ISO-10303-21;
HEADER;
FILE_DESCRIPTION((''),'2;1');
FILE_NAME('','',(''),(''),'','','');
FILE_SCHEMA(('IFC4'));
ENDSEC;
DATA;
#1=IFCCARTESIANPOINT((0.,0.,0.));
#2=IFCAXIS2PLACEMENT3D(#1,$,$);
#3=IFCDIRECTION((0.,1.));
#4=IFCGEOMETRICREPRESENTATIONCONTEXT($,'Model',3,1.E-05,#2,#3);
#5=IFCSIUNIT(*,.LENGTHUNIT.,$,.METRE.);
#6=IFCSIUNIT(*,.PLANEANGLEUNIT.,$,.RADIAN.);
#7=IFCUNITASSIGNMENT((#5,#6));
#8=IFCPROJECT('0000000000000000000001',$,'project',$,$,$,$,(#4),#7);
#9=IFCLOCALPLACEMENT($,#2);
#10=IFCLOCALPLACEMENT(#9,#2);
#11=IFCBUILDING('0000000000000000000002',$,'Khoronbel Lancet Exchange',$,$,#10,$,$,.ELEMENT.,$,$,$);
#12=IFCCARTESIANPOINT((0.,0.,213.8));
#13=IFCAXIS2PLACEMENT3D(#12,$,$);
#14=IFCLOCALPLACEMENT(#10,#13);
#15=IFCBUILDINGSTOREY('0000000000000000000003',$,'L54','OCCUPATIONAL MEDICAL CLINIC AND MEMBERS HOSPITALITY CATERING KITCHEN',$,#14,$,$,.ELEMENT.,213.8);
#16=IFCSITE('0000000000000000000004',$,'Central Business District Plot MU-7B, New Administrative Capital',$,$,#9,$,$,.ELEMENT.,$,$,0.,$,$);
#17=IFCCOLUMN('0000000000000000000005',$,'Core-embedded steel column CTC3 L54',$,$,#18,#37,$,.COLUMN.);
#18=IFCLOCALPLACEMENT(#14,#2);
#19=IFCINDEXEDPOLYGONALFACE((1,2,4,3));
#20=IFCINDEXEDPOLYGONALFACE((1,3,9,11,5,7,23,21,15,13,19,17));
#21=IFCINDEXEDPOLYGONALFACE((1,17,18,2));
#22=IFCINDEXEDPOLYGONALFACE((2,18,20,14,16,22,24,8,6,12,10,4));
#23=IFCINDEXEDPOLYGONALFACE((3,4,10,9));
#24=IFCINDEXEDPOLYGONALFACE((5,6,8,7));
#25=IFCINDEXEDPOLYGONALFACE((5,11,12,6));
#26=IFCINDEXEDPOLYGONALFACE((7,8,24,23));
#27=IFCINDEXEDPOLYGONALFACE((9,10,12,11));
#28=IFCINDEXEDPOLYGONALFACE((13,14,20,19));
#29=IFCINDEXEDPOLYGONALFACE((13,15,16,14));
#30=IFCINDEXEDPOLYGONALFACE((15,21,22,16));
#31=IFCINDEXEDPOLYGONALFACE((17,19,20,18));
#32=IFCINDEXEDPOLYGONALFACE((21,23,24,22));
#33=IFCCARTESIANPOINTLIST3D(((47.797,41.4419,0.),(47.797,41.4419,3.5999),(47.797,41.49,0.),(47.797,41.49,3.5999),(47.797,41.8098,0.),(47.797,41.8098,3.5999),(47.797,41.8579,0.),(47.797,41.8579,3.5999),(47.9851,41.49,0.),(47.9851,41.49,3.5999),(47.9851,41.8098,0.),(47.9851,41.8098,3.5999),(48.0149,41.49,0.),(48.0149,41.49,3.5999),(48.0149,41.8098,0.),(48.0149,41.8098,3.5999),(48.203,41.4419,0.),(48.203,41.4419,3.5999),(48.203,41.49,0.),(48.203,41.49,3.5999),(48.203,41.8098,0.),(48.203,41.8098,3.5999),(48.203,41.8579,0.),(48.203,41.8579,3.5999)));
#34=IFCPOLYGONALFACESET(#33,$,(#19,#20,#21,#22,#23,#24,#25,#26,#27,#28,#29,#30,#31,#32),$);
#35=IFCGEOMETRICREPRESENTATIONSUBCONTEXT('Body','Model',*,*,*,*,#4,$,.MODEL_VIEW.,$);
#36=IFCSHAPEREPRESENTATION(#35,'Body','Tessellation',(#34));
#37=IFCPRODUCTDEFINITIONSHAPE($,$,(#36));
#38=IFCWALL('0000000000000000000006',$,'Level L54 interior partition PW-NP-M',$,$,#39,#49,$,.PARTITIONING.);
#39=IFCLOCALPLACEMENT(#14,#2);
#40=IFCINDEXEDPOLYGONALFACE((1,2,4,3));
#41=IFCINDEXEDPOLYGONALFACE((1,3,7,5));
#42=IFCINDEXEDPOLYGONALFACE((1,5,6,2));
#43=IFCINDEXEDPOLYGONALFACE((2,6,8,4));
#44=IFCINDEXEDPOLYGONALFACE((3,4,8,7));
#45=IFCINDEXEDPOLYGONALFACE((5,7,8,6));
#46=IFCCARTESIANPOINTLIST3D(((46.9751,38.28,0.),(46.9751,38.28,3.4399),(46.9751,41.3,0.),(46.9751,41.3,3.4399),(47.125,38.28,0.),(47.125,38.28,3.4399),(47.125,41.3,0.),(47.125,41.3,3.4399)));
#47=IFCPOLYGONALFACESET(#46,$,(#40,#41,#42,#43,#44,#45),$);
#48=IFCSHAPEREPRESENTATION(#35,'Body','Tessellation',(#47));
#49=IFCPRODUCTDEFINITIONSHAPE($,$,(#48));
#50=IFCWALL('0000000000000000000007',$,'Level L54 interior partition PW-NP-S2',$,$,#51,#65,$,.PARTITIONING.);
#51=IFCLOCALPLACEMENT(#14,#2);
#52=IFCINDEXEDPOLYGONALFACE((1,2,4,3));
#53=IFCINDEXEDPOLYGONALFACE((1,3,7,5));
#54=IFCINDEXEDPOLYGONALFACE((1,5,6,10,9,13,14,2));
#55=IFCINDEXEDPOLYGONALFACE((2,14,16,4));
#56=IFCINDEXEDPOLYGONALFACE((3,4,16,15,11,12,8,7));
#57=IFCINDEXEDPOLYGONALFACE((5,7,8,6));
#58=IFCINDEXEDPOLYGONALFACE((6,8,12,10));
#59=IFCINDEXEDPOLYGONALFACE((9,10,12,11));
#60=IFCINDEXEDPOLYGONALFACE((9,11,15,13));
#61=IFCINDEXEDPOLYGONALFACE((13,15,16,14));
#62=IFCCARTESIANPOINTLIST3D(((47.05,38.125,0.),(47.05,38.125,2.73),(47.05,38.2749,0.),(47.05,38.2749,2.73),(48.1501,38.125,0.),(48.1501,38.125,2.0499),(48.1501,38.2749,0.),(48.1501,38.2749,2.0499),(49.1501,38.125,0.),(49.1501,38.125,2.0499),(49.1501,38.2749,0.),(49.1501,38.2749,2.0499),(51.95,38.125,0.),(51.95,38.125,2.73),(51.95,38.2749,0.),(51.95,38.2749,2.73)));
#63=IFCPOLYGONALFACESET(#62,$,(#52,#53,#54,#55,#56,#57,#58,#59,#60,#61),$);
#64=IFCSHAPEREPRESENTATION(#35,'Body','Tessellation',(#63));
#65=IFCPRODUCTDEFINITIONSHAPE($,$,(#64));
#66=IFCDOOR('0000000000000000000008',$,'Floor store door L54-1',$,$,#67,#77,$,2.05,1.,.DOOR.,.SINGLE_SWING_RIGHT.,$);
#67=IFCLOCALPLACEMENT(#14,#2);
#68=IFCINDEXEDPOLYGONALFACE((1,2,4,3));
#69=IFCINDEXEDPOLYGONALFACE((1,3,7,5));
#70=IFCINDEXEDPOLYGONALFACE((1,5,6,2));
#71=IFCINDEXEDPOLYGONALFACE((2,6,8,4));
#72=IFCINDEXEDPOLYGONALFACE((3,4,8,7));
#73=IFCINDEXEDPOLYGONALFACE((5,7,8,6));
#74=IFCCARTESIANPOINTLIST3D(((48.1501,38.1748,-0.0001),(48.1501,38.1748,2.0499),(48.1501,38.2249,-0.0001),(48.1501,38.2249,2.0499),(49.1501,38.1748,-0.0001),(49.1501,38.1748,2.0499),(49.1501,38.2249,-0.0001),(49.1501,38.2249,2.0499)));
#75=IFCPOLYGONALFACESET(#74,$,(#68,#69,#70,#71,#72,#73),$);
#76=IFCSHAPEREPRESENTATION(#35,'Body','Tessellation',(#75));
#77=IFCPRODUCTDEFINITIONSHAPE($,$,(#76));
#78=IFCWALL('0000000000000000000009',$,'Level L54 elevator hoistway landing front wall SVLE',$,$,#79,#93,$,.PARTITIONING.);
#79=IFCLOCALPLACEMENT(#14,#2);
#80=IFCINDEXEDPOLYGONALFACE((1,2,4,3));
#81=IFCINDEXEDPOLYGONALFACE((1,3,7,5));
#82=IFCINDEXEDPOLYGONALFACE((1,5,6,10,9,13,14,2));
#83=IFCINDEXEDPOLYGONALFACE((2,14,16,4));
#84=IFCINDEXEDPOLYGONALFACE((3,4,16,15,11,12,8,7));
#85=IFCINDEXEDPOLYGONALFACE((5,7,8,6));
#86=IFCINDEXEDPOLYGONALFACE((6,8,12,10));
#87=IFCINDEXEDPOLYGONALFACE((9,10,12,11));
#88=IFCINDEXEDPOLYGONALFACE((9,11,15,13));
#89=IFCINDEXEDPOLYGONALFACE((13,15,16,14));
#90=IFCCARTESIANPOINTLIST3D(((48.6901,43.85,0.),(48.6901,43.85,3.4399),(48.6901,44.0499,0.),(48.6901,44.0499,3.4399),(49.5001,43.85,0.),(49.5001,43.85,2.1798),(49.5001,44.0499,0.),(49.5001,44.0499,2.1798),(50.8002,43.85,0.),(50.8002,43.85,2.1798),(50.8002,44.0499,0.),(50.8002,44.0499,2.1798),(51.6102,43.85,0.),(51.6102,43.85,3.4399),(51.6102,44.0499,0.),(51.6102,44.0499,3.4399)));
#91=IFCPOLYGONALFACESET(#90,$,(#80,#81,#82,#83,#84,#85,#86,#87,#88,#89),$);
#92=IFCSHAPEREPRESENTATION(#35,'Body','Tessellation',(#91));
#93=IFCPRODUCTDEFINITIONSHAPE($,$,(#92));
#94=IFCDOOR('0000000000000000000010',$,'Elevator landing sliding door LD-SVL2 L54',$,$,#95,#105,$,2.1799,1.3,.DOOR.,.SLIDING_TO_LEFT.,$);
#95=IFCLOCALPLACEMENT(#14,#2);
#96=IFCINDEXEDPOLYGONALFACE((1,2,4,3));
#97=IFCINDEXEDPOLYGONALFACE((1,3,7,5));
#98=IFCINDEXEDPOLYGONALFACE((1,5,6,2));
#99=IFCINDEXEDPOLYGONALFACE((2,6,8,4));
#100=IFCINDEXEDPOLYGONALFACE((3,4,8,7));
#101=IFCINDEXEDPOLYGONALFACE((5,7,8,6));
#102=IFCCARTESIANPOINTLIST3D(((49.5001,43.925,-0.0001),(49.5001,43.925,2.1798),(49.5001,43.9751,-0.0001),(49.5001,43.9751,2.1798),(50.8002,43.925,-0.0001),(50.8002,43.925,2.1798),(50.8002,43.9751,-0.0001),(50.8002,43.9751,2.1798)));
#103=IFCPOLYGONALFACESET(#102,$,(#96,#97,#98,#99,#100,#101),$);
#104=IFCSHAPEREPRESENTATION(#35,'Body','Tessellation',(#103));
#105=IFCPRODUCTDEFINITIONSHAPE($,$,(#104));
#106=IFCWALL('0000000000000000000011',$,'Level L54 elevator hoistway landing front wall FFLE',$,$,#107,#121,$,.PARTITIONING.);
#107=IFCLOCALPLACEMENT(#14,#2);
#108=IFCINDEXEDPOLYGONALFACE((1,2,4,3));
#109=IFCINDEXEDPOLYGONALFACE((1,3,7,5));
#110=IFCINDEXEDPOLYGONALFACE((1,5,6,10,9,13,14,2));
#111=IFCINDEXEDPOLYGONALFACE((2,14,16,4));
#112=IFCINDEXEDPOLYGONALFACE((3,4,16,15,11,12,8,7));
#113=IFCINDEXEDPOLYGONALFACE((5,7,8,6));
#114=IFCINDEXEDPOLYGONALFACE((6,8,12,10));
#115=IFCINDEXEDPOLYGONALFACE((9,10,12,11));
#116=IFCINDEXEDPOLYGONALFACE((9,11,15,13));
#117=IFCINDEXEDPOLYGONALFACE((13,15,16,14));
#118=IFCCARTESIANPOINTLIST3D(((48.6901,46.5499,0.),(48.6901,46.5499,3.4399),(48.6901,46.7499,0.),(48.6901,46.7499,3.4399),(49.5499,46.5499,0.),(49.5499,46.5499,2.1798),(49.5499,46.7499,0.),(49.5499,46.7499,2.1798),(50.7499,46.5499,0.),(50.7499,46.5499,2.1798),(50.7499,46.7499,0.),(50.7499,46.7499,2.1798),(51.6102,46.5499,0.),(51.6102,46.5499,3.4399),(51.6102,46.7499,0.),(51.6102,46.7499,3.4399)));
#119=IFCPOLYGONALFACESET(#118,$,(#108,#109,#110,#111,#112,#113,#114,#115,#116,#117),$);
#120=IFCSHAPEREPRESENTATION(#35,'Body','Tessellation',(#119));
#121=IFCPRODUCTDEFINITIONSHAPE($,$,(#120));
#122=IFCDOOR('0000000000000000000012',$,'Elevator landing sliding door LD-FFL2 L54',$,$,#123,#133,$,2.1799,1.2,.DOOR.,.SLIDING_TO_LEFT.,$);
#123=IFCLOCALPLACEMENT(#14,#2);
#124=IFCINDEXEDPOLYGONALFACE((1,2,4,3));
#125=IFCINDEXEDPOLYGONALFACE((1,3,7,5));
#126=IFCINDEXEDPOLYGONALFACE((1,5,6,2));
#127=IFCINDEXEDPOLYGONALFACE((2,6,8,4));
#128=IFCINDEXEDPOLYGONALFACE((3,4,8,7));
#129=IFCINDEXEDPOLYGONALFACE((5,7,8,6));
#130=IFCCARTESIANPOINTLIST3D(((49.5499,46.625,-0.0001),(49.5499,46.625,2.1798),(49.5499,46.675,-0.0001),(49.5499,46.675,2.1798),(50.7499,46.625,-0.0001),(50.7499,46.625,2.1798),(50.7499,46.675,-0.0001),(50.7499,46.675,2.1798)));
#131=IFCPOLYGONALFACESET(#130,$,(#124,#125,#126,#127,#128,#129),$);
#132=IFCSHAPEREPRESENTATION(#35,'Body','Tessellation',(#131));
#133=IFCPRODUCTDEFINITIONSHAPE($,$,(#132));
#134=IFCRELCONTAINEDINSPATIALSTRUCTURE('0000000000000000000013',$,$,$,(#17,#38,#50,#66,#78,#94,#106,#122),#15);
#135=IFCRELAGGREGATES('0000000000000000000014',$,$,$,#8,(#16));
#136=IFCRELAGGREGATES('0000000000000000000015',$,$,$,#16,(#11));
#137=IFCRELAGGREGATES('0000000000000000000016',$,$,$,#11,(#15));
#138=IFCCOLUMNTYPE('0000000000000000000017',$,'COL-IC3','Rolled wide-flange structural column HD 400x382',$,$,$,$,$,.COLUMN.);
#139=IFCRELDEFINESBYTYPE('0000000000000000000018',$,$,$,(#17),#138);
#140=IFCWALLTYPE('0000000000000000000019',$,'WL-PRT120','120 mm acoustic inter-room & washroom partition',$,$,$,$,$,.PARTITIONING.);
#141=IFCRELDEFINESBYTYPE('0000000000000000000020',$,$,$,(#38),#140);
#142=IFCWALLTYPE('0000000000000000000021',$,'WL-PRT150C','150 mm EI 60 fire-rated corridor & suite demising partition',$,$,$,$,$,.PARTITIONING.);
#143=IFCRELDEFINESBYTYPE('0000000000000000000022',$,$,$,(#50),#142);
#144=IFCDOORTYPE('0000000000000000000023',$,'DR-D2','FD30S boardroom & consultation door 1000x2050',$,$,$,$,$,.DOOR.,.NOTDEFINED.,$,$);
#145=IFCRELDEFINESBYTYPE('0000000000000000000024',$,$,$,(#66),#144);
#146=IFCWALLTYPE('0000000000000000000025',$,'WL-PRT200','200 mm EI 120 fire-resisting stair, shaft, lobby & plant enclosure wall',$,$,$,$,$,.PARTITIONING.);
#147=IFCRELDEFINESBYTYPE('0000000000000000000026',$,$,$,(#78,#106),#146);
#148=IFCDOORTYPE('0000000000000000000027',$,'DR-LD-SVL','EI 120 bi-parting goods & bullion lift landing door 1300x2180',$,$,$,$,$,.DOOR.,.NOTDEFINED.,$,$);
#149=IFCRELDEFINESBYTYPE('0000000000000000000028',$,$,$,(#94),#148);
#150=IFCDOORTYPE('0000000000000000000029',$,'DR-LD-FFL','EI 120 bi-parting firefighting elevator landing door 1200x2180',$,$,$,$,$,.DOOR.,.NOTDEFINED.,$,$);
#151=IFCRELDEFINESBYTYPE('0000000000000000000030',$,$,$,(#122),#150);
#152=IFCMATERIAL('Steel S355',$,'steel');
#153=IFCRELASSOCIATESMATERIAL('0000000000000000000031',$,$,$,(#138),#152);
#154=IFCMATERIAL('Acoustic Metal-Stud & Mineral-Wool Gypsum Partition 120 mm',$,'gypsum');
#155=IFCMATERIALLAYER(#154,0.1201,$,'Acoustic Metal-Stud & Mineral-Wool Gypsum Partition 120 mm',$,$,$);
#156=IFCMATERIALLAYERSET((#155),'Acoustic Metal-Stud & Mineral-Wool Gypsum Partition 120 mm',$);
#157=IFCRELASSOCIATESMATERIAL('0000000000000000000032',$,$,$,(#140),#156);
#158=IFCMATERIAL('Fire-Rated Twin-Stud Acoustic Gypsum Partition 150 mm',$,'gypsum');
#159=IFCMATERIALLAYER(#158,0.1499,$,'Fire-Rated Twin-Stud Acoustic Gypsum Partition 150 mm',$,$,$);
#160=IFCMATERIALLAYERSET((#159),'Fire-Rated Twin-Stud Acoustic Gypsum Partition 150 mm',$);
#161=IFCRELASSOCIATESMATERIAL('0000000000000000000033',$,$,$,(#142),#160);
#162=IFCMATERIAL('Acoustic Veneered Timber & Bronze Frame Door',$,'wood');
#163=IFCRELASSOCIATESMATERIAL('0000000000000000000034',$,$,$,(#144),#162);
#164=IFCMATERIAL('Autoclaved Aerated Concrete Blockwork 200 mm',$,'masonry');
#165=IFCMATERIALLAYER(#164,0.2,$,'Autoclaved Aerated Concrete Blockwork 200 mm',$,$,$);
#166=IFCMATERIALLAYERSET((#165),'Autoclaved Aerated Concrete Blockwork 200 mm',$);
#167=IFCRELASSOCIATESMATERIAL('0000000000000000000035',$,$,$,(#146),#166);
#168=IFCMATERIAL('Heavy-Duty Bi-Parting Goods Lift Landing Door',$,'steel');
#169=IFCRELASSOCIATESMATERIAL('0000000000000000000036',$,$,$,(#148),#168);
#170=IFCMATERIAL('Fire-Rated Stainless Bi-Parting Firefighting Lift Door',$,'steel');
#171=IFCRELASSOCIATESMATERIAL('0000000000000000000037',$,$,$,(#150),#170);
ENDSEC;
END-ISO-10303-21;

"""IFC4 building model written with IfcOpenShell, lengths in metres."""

from ifc_helpers import new_model, si_unit, direction, frame, frame_2d, origin, origin_2d, place, context, subcontext, project, spatial, rectangle, i_section, extrude, material, layer, layer_set, material_profile, profile_set, type_object, element, fill, save


model = new_model("IFC4")

# Units and contexts
model_context = context("Model", 3, precision=1e-05, world=origin(), true_north=direction((0.0, 1.0)))
body_context = subcontext(model_context, "Body", "Model", "MODEL_VIEW")
ifc_project = project(units=[si_unit("LENGTHUNIT", "METRE"), si_unit("PLANEANGLEUNIT", "RADIAN")], contexts=[model_context])

# Site, building, storey
site_placement = place(None, origin())
site = spatial("IfcSite", under=ifc_project, at=site_placement, Name="Central Business District Plot MU-7B, New Administrative Capital", CompositionType="ELEMENT", RefElevation=0.0)
building_placement = place(site_placement, origin())
building = spatial("IfcBuilding", under=site, at=building_placement, Name="Khoronbel Lancet Exchange", CompositionType="ELEMENT")
storey_placement = place(building_placement, frame((0.0, 0.0, 213.8)))
storey = spatial("IfcBuildingStorey", under=building, at=storey_placement, Name="L54", Description="OCCUPATIONAL MEDICAL CLINIC AND MEMBERS HOSPITALITY CATERING KITCHEN", CompositionType="ELEMENT", Elevation=213.8)

# Column
ifc_material_1 = material(Name="Steel S355", Category="steel")
ifc_material_profile = material_profile(ifc_material_1, i_section(OverallWidth=0.406, OverallDepth=0.416, WebThickness=0.0298, FlangeThickness=0.0481, at=origin_2d()), Name="HD 400x382")
ifc_profile_set = profile_set([ifc_material_profile], Name="Steel S355")
column_type = type_object("IfcColumnType", Name="COL-IC3", Description="Rolled wide-flange structural column HD 400x382", PredefinedType="COLUMN", material=ifc_profile_set)
column_placement = place(storey_placement, frame((48.0, 41.6499, 0.0), z_axis=(0.0, 0.0, 1.0), x_axis=(1.0, 0.0, 0.0)))
element("IfcColumn", 1, at=column_placement, inside=storey, type_object=column_type, Name="Core-embedded steel column CTC3 L54", PredefinedType="COLUMN", context=body_context, shape_type="SweptSolid", body=[
    extrude(i_section(OverallWidth=0.406, OverallDepth=0.416, WebThickness=0.0298, FlangeThickness=0.0481, at=origin_2d()), origin(), (0.0, 0.0, 1.0), 3.5999),
])

# Wall
ifc_material_2 = material(Name="Acoustic Metal-Stud & Mineral-Wool Gypsum Partition 120 mm", Category="gypsum")
ifc_layer_1 = layer(ifc_material_2, 0.1201, Name="Acoustic Metal-Stud & Mineral-Wool Gypsum Partition 120 mm")
ifc_layer_set_1 = layer_set([ifc_layer_1], Name="Acoustic Metal-Stud & Mineral-Wool Gypsum Partition 120 mm")
wall_type_1 = type_object("IfcWallType", Name="WL-PRT120", Description="120 mm acoustic inter-room & washroom partition", PredefinedType="PARTITIONING", material=ifc_layer_set_1)
wall_1_placement = place(storey_placement, frame((47.05, 38.28, 0.0), z_axis=(0.0, 0.0, 1.0), x_axis=(0.0, 1.0, 0.0)))
element("IfcWall", 2, at=wall_1_placement, inside=storey, type_object=wall_type_1, Name="Level L54 interior partition PW-NP-M", PredefinedType="PARTITIONING", context=body_context, shape_type="SweptSolid", body=[
    extrude(rectangle(XDim=3.02, YDim=0.1499, at=frame_2d((1.51, 0.0))), origin(), (0.0, 0.0, 1.0), 3.4399),
])

# Walls, openings, doors
ifc_material_3 = material(Name="Fire-Rated Twin-Stud Acoustic Gypsum Partition 150 mm", Category="gypsum")
ifc_layer_2 = layer(ifc_material_3, 0.1499, Name="Fire-Rated Twin-Stud Acoustic Gypsum Partition 150 mm")
ifc_layer_set_2 = layer_set([ifc_layer_2], Name="Fire-Rated Twin-Stud Acoustic Gypsum Partition 150 mm")
wall_type_2 = type_object("IfcWallType", Name="WL-PRT150C", Description="150 mm EI 60 fire-rated corridor & suite demising partition", PredefinedType="PARTITIONING", material=ifc_layer_set_2)
wall_2_placement = place(storey_placement, frame((47.05, 38.2, 0.0), z_axis=(0.0, 0.0, 1.0), x_axis=(1.0, 0.0, 0.0)))
wall_2 = element("IfcWall", 3, at=wall_2_placement, inside=storey, type_object=wall_type_2, Name="Level L54 interior partition PW-NP-S2", PredefinedType="PARTITIONING", context=body_context, shape_type="SweptSolid", body=[
    extrude(rectangle(XDim=4.8999, YDim=0.1499, at=frame_2d((2.45, 0.0))), origin(), (0.0, 0.0, 1.0), 2.73),
])
opening_1_placement = place(wall_2_placement, frame((1.1001, 0.0, 0.0)))
opening_1 = element("IfcOpeningElement", 4, at=opening_1_placement, cuts=wall_2, PredefinedType="OPENING", context=body_context, shape_type="SweptSolid", body=[
    extrude(rectangle(XDim=1.0, YDim=2.05, at=frame_2d((0.5, 1.0249))), frame((0.0, 0.085, 0.0), z_axis=(0.0, -1.0, 0.0), x_axis=(1.0, 0.0, 0.0)), (0.0, 0.0, 1.0), 0.1699),
])
ifc_material_4 = material(Name="Acoustic Veneered Timber & Bronze Frame Door", Category="wood")
door_type_1 = type_object("IfcDoorType", Name="DR-D2", Description="FD30S boardroom & consultation door 1000x2050", OperationType="NOTDEFINED", PredefinedType="DOOR", material=ifc_material_4)
door_1_placement = place(opening_1_placement, origin())
door_1 = element("IfcDoor", 5, at=door_1_placement, inside=storey, type_object=door_type_1, Name="Floor store door L54-1", OperationType="SINGLE_SWING_RIGHT", OverallHeight=2.05, OverallWidth=1.0, PredefinedType="DOOR", context=body_context, shape_type="SweptSolid", body=[
    extrude(rectangle(XDim=1.0, YDim=2.05, at=frame_2d((0.5, 1.0249))), frame((0.0, 0.0249, 0.0), z_axis=(0.0, -1.0, 0.0), x_axis=(1.0, 0.0, 0.0)), (0.0, 0.0, 1.0), 0.05),
])
fill(opening_1, door_1)
ifc_material_5 = material(Name="Autoclaved Aerated Concrete Blockwork 200 mm", Category="masonry")
ifc_layer_3 = layer(ifc_material_5, 0.2, Name="Autoclaved Aerated Concrete Blockwork 200 mm")
ifc_layer_set_3 = layer_set([ifc_layer_3], Name="Autoclaved Aerated Concrete Blockwork 200 mm")
wall_type_3 = type_object("IfcWallType", Name="WL-PRT200", Description="200 mm EI 120 fire-resisting stair, shaft, lobby & plant enclosure wall", PredefinedType="PARTITIONING", material=ifc_layer_set_3)
wall_3_placement = place(storey_placement, frame((51.6101, 43.95, 0.0), z_axis=(0.0, 0.0, 1.0), x_axis=(-1.0, 0.0, 0.0)))
wall_3 = element("IfcWall", 6, at=wall_3_placement, inside=storey, type_object=wall_type_3, Name="Level L54 elevator hoistway landing front wall SVLE", PredefinedType="PARTITIONING", context=body_context, shape_type="SweptSolid", body=[
    extrude(rectangle(XDim=2.9202, YDim=0.2, at=frame_2d((1.46, 0.0))), origin(), (0.0, 0.0, 1.0), 3.4399),
])
opening_2_placement = place(wall_3_placement, frame((0.8101, 0.0, 0.0)))
opening_2 = element("IfcOpeningElement", 7, at=opening_2_placement, cuts=wall_3, PredefinedType="OPENING", context=body_context, shape_type="SweptSolid", body=[
    extrude(rectangle(XDim=1.3, YDim=2.1799, at=frame_2d((0.6499, 1.0898))), frame((0.0, 0.1099, 0.0), z_axis=(0.0, -1.0, 0.0), x_axis=(1.0, 0.0, 0.0)), (0.0, 0.0, 1.0), 0.22),
])
ifc_material_6 = material(Name="Heavy-Duty Bi-Parting Goods Lift Landing Door", Category="steel")
door_type_2 = type_object("IfcDoorType", Name="DR-LD-SVL", Description="EI 120 bi-parting goods & bullion lift landing door 1300x2180", OperationType="NOTDEFINED", PredefinedType="DOOR", material=ifc_material_6)
door_2_placement = place(opening_2_placement, origin())
door_2 = element("IfcDoor", 8, at=door_2_placement, inside=storey, type_object=door_type_2, Name="Elevator landing sliding door LD-SVL2 L54", OperationType="SLIDING_TO_LEFT", OverallHeight=2.1799, OverallWidth=1.3, PredefinedType="DOOR", context=body_context, shape_type="SweptSolid", body=[
    extrude(rectangle(XDim=1.3, YDim=2.1799, at=frame_2d((0.6499, 1.0898))), frame((0.0, 0.0249, 0.0), z_axis=(0.0, -1.0, 0.0), x_axis=(1.0, 0.0, 0.0)), (0.0, 0.0, 1.0), 0.05),
])
fill(opening_2, door_2)
wall_4_placement = place(storey_placement, frame((51.6101, 46.6499, 0.0), z_axis=(0.0, 0.0, 1.0), x_axis=(-1.0, 0.0, 0.0)))
wall_4 = element("IfcWall", 9, at=wall_4_placement, inside=storey, type_object=wall_type_3, Name="Level L54 elevator hoistway landing front wall FFLE", PredefinedType="PARTITIONING", context=body_context, shape_type="SweptSolid", body=[
    extrude(rectangle(XDim=2.9202, YDim=0.2, at=frame_2d((1.46, 0.0))), origin(), (0.0, 0.0, 1.0), 3.4399),
])
opening_3_placement = place(wall_4_placement, frame((0.8601, 0.0, 0.0)))
opening_3 = element("IfcOpeningElement", 10, at=opening_3_placement, cuts=wall_4, PredefinedType="OPENING", context=body_context, shape_type="SweptSolid", body=[
    extrude(rectangle(XDim=1.2, YDim=2.1799, at=frame_2d((0.6001, 1.0898))), frame((0.0, 0.1099, 0.0), z_axis=(0.0, -1.0, 0.0), x_axis=(1.0, 0.0, 0.0)), (0.0, 0.0, 1.0), 0.22),
])
ifc_material_7 = material(Name="Fire-Rated Stainless Bi-Parting Firefighting Lift Door", Category="steel")
door_type_3 = type_object("IfcDoorType", Name="DR-LD-FFL", Description="EI 120 bi-parting firefighting elevator landing door 1200x2180", OperationType="NOTDEFINED", PredefinedType="DOOR", material=ifc_material_7)
door_3_placement = place(opening_3_placement, origin())
door_3 = element("IfcDoor", 11, at=door_3_placement, inside=storey, type_object=door_type_3, Name="Elevator landing sliding door LD-FFL2 L54", OperationType="SLIDING_TO_LEFT", OverallHeight=2.1799, OverallWidth=1.2, PredefinedType="DOOR", context=body_context, shape_type="SweptSolid", body=[
    extrude(rectangle(XDim=1.2, YDim=2.1799, at=frame_2d((0.6001, 1.0898))), frame((0.0, 0.0249, 0.0), z_axis=(0.0, -1.0, 0.0), x_axis=(1.0, 0.0, 0.0)), (0.0, 0.0, 1.0), 0.05),
])
fill(opening_3, door_3)

save(model, "model.ifc")
